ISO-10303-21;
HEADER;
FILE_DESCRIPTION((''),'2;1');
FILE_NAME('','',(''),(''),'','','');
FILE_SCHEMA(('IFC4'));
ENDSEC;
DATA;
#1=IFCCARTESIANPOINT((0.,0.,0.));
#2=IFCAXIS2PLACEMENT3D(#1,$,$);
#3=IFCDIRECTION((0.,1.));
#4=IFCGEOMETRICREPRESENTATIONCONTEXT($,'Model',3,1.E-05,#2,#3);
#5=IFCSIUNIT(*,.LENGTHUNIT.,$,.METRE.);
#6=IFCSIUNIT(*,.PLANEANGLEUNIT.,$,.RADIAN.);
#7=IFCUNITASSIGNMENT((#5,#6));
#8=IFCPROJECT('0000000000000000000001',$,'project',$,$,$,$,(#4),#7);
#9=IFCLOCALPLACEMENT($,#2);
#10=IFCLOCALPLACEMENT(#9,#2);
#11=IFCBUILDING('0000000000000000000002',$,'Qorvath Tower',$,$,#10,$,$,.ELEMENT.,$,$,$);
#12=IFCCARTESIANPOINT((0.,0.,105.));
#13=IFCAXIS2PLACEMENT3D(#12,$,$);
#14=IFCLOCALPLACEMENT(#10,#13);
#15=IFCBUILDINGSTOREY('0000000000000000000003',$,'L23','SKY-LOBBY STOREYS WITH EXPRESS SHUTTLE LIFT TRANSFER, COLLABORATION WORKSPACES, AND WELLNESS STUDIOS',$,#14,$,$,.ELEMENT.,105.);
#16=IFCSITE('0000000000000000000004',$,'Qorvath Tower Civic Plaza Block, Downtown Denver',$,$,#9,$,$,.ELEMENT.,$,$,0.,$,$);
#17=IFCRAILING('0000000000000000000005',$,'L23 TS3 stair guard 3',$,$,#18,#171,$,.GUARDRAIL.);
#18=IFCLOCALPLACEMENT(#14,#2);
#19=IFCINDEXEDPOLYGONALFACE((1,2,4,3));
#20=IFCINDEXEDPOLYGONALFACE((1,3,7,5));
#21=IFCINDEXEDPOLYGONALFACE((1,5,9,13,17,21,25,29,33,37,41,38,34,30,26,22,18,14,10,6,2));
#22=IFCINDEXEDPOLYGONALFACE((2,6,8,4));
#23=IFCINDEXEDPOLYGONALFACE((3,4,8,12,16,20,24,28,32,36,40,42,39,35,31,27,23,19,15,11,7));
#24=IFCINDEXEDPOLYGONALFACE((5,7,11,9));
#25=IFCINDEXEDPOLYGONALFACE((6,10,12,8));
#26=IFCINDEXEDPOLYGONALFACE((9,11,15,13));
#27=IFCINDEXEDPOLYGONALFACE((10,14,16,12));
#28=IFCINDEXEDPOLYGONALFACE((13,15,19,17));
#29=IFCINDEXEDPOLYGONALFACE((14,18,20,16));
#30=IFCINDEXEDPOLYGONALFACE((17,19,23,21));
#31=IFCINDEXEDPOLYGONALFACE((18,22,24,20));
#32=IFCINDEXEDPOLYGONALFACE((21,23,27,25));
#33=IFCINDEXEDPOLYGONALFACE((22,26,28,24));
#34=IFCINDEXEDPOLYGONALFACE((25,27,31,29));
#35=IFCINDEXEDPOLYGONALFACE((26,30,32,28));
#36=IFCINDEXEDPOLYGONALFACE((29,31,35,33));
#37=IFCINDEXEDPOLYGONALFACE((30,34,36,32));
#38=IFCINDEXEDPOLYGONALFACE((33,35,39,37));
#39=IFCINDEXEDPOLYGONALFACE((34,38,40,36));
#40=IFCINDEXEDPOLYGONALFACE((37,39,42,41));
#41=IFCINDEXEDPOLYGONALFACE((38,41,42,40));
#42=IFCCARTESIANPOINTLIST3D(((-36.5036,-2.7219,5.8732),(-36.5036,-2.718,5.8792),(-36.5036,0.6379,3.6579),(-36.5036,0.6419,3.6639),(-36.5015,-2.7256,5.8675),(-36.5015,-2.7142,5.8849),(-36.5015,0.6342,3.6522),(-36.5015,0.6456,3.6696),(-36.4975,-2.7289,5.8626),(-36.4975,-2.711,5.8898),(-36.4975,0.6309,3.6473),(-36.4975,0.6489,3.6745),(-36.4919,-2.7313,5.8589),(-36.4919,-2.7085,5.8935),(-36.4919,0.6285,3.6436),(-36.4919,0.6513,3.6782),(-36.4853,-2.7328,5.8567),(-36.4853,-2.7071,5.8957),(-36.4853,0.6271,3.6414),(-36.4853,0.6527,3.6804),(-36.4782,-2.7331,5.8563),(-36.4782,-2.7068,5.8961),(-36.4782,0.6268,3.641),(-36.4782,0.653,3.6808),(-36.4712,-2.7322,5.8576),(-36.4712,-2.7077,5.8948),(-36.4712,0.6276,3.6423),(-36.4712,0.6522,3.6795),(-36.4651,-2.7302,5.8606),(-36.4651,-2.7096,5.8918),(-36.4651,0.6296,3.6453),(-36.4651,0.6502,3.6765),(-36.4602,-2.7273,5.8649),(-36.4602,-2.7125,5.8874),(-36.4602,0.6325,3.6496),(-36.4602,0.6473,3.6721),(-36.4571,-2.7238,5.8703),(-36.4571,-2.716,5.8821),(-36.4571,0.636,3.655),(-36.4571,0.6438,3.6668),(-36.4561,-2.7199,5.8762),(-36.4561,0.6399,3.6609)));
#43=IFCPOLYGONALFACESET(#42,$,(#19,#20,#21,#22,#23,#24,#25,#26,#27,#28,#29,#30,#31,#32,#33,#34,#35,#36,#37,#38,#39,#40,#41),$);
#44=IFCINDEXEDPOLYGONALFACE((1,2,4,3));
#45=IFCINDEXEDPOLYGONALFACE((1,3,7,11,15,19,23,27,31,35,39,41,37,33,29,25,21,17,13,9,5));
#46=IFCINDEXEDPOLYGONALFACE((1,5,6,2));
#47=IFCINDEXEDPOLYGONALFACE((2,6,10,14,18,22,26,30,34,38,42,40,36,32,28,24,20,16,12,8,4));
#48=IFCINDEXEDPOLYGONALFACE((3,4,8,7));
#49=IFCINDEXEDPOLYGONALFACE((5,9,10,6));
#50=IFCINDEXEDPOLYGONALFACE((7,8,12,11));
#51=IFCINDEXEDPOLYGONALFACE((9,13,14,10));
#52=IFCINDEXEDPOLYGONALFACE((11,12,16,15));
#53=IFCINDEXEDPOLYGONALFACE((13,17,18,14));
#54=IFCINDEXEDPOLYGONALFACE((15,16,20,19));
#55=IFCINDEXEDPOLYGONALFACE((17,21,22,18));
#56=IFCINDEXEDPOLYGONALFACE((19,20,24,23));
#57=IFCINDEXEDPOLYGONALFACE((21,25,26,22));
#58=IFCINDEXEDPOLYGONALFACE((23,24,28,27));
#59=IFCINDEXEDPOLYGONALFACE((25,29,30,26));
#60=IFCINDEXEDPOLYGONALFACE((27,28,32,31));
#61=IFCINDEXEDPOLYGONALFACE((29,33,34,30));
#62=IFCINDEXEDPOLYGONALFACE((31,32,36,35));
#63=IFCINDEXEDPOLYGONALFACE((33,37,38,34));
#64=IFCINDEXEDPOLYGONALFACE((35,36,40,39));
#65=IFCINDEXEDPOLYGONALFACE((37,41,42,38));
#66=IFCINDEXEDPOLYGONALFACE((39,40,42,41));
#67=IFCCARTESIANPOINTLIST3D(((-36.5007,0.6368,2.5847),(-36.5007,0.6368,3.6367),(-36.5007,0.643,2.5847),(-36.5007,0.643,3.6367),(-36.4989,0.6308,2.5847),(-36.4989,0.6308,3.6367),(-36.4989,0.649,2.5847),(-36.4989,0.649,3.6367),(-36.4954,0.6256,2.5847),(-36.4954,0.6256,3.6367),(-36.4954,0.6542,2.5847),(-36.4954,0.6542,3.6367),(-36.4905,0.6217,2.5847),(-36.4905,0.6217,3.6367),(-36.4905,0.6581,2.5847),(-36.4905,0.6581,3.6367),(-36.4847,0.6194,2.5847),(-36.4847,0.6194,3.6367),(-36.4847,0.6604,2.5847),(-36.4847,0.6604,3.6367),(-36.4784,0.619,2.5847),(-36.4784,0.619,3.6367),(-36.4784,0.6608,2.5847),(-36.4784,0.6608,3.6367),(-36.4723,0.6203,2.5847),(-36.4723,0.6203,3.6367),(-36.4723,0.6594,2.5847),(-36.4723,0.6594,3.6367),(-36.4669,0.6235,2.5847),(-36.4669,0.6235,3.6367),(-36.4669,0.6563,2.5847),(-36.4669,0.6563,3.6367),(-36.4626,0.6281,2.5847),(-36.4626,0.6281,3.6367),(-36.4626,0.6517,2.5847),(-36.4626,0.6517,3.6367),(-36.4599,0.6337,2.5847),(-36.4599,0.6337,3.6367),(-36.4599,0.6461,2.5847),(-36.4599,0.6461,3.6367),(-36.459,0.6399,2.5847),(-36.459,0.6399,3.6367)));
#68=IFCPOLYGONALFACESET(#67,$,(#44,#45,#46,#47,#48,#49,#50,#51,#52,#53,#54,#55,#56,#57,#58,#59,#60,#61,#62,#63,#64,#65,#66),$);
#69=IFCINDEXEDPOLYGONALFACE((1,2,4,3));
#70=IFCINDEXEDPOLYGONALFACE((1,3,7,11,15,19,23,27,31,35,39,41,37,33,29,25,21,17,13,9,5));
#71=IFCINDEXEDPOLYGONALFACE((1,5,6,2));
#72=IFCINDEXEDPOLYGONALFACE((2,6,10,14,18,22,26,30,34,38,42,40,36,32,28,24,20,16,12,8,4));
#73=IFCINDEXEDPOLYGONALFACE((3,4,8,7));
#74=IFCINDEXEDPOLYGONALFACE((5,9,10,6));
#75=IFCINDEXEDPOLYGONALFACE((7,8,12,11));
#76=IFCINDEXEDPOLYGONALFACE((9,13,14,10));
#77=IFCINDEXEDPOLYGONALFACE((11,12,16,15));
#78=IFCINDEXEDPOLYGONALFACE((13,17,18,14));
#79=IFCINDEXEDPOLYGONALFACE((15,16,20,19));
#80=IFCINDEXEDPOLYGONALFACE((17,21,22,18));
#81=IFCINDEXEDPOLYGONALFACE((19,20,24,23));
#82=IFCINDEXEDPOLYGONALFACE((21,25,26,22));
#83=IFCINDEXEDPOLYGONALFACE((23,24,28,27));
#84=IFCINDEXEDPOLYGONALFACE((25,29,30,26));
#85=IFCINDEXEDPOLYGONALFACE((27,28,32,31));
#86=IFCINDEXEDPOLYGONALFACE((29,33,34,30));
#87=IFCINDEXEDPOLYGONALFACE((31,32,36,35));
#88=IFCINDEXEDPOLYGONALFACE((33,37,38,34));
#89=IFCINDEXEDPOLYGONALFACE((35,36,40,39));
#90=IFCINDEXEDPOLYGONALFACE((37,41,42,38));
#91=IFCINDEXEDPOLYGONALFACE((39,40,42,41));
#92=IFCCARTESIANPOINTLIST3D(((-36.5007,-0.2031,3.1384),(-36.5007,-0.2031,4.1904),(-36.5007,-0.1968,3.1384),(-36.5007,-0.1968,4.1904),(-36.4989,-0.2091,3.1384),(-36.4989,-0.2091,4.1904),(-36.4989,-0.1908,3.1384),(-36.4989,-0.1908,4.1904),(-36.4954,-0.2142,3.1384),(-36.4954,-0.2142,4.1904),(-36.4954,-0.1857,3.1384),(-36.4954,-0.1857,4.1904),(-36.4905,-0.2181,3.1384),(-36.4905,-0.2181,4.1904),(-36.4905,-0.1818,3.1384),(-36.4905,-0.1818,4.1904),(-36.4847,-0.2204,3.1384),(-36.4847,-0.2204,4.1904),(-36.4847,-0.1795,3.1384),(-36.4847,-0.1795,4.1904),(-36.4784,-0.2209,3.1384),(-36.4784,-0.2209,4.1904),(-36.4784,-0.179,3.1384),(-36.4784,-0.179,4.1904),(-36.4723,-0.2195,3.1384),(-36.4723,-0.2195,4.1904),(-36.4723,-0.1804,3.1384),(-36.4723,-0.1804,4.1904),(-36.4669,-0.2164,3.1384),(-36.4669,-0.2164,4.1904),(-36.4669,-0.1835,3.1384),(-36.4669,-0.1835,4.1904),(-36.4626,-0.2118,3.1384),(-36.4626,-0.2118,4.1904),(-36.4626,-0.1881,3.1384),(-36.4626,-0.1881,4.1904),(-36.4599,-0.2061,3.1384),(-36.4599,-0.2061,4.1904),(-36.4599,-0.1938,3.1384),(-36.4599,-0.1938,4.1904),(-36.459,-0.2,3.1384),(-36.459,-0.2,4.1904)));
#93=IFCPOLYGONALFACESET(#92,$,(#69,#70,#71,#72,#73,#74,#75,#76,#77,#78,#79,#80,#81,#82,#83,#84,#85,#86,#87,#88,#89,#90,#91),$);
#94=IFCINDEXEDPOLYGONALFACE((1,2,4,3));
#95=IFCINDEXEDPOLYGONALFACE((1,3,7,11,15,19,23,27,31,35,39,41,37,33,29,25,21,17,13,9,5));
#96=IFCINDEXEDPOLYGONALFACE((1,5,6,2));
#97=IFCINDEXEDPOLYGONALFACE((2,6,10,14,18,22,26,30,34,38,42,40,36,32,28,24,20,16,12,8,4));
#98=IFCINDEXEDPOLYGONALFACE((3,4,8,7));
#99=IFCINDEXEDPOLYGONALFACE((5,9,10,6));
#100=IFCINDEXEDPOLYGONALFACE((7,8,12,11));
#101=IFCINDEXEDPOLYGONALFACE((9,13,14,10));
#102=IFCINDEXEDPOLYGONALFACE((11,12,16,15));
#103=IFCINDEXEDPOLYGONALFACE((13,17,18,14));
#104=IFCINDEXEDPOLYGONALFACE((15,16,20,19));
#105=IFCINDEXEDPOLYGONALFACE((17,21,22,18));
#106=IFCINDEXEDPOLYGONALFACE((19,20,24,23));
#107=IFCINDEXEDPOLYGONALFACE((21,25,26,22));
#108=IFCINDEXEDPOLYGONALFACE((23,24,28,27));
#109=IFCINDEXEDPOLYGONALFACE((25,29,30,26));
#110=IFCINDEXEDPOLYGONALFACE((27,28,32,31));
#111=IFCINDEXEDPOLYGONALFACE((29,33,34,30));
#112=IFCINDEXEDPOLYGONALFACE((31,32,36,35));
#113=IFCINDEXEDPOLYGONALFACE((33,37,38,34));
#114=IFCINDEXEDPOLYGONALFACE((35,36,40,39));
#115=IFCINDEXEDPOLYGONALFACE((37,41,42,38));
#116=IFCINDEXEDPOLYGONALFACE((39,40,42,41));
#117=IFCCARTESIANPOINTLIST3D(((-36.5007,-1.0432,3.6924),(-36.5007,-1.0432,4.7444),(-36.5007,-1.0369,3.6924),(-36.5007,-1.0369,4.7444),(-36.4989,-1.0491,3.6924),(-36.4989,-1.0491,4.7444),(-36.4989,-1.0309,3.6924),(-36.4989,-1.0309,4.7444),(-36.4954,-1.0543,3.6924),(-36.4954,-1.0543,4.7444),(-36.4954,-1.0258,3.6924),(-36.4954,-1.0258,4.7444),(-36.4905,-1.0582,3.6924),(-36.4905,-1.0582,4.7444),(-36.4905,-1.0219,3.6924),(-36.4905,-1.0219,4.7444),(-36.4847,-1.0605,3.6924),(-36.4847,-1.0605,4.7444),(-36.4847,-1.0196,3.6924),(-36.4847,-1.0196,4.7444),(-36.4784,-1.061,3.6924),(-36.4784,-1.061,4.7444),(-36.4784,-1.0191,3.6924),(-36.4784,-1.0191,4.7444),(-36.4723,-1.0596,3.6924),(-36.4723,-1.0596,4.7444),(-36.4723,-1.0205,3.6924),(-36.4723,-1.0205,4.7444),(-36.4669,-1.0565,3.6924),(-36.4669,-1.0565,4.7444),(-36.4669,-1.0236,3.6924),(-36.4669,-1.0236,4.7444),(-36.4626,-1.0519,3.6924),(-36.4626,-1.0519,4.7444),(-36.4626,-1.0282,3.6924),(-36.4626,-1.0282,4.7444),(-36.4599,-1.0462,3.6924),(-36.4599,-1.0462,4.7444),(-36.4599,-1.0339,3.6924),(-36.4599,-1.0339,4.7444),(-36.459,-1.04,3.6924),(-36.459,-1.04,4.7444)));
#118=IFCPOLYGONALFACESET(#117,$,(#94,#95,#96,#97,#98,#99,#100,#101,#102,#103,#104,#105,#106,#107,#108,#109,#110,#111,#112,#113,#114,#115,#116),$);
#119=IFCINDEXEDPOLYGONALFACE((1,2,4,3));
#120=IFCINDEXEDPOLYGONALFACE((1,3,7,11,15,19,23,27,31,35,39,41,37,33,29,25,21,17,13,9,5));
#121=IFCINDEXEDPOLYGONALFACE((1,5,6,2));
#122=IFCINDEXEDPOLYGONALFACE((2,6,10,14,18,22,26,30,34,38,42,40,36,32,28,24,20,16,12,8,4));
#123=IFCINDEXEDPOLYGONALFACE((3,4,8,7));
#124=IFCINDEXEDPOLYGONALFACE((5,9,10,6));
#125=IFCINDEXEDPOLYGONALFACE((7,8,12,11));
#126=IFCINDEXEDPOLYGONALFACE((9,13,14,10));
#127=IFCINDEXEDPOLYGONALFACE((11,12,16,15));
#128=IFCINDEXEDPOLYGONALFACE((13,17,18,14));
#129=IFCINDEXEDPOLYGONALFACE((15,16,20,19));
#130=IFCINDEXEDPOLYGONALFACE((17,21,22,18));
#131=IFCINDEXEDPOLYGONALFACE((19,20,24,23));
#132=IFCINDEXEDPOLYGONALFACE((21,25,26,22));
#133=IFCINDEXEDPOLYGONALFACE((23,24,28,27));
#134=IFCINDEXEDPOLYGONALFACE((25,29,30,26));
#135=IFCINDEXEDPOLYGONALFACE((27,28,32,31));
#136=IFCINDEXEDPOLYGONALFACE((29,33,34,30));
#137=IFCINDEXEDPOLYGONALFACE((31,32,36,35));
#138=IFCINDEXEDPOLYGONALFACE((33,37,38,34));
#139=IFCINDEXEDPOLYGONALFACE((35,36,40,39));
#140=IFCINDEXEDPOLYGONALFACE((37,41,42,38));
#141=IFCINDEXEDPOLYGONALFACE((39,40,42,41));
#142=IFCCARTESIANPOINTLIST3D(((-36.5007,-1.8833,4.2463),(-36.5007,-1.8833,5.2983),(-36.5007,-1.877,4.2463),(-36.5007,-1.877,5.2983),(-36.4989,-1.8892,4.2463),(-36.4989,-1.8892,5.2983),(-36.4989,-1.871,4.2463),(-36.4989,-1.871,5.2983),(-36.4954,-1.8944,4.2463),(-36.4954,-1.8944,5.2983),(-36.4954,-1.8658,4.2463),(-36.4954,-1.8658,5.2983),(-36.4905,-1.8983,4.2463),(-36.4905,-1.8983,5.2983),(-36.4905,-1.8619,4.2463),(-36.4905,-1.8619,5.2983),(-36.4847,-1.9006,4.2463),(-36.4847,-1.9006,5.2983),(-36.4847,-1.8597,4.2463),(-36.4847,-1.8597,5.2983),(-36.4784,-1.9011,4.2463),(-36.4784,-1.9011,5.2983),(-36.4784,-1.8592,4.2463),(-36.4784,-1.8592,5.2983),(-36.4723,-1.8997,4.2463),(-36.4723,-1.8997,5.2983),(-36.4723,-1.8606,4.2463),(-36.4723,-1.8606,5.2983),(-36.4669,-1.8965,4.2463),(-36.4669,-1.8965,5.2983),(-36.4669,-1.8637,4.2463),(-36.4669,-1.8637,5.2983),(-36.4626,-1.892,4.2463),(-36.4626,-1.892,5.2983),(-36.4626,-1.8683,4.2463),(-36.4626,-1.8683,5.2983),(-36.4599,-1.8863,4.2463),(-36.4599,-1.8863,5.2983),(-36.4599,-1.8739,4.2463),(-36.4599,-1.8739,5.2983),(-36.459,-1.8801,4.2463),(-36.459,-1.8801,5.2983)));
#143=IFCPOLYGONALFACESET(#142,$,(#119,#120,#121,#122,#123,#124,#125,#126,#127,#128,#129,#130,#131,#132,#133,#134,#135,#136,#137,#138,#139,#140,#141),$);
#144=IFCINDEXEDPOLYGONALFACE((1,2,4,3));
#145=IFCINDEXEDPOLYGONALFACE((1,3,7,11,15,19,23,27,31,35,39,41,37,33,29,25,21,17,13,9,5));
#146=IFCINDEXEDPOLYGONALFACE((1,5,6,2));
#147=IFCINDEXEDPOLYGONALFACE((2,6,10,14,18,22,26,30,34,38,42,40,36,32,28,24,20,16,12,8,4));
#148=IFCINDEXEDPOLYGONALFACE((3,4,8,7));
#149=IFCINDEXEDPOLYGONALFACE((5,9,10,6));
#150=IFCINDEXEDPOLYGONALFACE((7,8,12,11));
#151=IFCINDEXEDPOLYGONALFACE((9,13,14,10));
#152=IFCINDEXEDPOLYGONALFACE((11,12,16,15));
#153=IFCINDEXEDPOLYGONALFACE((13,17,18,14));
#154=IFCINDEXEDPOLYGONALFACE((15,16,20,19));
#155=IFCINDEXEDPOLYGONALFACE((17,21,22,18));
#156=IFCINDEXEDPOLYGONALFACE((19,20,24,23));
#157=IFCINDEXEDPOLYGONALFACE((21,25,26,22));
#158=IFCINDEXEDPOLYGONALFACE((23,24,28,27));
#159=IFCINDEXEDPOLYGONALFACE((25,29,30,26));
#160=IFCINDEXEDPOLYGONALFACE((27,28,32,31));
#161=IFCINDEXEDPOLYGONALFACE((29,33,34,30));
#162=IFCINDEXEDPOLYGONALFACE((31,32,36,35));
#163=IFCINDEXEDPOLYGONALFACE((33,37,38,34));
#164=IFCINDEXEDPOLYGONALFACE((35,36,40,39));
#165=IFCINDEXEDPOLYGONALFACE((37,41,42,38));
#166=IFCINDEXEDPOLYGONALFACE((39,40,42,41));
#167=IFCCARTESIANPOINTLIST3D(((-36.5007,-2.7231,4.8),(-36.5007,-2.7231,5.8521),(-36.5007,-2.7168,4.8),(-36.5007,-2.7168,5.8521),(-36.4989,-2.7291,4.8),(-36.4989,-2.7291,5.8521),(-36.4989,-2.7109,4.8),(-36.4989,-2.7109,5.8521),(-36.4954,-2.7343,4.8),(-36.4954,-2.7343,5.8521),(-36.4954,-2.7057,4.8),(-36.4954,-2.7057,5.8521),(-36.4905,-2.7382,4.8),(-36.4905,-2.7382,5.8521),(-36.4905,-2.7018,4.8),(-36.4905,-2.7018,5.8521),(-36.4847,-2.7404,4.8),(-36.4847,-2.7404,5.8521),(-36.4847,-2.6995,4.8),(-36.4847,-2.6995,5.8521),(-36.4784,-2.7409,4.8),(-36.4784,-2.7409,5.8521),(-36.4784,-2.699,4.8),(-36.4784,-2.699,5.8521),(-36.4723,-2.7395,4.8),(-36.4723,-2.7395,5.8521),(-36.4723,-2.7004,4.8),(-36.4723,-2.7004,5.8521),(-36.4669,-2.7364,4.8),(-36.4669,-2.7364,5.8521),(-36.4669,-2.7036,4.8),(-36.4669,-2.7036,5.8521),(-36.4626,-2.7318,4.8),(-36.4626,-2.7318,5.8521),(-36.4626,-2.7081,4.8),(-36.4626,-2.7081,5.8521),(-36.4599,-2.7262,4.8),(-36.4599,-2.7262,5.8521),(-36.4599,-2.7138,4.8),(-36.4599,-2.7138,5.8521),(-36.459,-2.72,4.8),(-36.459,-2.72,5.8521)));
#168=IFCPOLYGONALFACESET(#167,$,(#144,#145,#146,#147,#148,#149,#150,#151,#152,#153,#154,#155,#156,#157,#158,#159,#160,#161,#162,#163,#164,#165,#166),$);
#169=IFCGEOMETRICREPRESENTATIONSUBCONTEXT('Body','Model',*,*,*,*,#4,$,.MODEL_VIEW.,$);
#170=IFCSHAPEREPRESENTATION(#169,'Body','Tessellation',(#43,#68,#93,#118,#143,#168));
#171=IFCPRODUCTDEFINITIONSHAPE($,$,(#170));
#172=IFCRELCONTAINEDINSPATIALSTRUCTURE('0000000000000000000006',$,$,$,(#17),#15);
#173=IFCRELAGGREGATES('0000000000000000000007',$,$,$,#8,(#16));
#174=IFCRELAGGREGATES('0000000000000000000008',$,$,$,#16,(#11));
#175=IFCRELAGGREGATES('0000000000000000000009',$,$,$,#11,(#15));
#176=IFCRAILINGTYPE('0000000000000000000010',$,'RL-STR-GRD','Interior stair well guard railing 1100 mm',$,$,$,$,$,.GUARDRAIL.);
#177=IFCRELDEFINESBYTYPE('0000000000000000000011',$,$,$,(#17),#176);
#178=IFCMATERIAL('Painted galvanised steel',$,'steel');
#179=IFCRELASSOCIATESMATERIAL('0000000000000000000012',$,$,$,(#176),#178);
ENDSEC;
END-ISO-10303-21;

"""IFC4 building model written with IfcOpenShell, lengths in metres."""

from ifc_helpers import new_model, si_unit, direction, frame, origin, origin_2d, place, context, subcontext, project, spatial, circle, extrude, material, type_object, element, save


model = new_model("IFC4")

# Units and contexts
model_context = context("Model", 3, precision=1e-05, world=origin(), true_north=direction((0.0, 1.0)))
body_context = subcontext(model_context, "Body", "Model", "MODEL_VIEW")
ifc_project = project(units=[si_unit("LENGTHUNIT", "METRE"), si_unit("PLANEANGLEUNIT", "RADIAN")], contexts=[model_context])

# Site, building, storey
site_placement = place(None, origin())
site = spatial("IfcSite", under=ifc_project, at=site_placement, Name="Qorvath Tower Civic Plaza Block, Downtown Denver", CompositionType="ELEMENT", RefElevation=0.0)
building_placement = place(site_placement, origin())
building = spatial("IfcBuilding", under=site, at=building_placement, Name="Qorvath Tower", CompositionType="ELEMENT")
storey_placement = place(building_placement, frame((0.0, 0.0, 105.0)))
storey = spatial("IfcBuildingStorey", under=building, at=storey_placement, Name="L23", Description="SKY-LOBBY STOREYS WITH EXPRESS SHUTTLE LIFT TRANSFER, COLLABORATION WORKSPACES, AND WELLNESS STUDIOS", CompositionType="ELEMENT", Elevation=105.0)

# Railing
ifc_material_1 = material(Name="Painted galvanised steel", Category="steel")
railing_type_1 = type_object("IfcRailingType", Name="RL-STR-GRD", Description="Interior stair well guard railing 1100 mm", PredefinedType="GUARDRAIL", material=ifc_material_1)
railing_1_placement = place(storey_placement, frame((-36.48, 0.6399, 2.5847)))
element("IfcRailing", 1, at=railing_1_placement, inside=storey, type_object=railing_type_1, Name="L23 TS3 stair guard 3", PredefinedType="GUARDRAIL", context=body_context, shape_type="SweptSolid", body=[
    extrude(circle(Radius=0.0239, at=origin_2d()), frame((0.0, 0.0, 1.0762), z_axis=(0.0, -0.834858, 0.550465), x_axis=(1.0, 0.0, 0.0)), (0.0, 0.0, 1.0), 4.0244),
    extrude(circle(Radius=0.021, at=origin_2d()), origin(), (0.0, 0.0, 1.0), 1.052),
    extrude(circle(Radius=0.021, at=origin_2d()), frame((0.0, -0.8398, 0.5537)), (0.0, 0.0, 1.0), 1.052),
    extrude(circle(Radius=0.021, at=origin_2d()), frame((0.0, -1.6799, 1.1077)), (0.0, 0.0, 1.0), 1.052),
    extrude(circle(Radius=0.021, at=origin_2d()), frame((0.0, -2.52, 1.6616)), (0.0, 0.0, 1.0), 1.052),
    extrude(circle(Radius=0.021, at=origin_2d()), frame((0.0, -3.3599, 2.2153)), (0.0, 0.0, 1.0), 1.052),
])

save(model, "model.ifc")
